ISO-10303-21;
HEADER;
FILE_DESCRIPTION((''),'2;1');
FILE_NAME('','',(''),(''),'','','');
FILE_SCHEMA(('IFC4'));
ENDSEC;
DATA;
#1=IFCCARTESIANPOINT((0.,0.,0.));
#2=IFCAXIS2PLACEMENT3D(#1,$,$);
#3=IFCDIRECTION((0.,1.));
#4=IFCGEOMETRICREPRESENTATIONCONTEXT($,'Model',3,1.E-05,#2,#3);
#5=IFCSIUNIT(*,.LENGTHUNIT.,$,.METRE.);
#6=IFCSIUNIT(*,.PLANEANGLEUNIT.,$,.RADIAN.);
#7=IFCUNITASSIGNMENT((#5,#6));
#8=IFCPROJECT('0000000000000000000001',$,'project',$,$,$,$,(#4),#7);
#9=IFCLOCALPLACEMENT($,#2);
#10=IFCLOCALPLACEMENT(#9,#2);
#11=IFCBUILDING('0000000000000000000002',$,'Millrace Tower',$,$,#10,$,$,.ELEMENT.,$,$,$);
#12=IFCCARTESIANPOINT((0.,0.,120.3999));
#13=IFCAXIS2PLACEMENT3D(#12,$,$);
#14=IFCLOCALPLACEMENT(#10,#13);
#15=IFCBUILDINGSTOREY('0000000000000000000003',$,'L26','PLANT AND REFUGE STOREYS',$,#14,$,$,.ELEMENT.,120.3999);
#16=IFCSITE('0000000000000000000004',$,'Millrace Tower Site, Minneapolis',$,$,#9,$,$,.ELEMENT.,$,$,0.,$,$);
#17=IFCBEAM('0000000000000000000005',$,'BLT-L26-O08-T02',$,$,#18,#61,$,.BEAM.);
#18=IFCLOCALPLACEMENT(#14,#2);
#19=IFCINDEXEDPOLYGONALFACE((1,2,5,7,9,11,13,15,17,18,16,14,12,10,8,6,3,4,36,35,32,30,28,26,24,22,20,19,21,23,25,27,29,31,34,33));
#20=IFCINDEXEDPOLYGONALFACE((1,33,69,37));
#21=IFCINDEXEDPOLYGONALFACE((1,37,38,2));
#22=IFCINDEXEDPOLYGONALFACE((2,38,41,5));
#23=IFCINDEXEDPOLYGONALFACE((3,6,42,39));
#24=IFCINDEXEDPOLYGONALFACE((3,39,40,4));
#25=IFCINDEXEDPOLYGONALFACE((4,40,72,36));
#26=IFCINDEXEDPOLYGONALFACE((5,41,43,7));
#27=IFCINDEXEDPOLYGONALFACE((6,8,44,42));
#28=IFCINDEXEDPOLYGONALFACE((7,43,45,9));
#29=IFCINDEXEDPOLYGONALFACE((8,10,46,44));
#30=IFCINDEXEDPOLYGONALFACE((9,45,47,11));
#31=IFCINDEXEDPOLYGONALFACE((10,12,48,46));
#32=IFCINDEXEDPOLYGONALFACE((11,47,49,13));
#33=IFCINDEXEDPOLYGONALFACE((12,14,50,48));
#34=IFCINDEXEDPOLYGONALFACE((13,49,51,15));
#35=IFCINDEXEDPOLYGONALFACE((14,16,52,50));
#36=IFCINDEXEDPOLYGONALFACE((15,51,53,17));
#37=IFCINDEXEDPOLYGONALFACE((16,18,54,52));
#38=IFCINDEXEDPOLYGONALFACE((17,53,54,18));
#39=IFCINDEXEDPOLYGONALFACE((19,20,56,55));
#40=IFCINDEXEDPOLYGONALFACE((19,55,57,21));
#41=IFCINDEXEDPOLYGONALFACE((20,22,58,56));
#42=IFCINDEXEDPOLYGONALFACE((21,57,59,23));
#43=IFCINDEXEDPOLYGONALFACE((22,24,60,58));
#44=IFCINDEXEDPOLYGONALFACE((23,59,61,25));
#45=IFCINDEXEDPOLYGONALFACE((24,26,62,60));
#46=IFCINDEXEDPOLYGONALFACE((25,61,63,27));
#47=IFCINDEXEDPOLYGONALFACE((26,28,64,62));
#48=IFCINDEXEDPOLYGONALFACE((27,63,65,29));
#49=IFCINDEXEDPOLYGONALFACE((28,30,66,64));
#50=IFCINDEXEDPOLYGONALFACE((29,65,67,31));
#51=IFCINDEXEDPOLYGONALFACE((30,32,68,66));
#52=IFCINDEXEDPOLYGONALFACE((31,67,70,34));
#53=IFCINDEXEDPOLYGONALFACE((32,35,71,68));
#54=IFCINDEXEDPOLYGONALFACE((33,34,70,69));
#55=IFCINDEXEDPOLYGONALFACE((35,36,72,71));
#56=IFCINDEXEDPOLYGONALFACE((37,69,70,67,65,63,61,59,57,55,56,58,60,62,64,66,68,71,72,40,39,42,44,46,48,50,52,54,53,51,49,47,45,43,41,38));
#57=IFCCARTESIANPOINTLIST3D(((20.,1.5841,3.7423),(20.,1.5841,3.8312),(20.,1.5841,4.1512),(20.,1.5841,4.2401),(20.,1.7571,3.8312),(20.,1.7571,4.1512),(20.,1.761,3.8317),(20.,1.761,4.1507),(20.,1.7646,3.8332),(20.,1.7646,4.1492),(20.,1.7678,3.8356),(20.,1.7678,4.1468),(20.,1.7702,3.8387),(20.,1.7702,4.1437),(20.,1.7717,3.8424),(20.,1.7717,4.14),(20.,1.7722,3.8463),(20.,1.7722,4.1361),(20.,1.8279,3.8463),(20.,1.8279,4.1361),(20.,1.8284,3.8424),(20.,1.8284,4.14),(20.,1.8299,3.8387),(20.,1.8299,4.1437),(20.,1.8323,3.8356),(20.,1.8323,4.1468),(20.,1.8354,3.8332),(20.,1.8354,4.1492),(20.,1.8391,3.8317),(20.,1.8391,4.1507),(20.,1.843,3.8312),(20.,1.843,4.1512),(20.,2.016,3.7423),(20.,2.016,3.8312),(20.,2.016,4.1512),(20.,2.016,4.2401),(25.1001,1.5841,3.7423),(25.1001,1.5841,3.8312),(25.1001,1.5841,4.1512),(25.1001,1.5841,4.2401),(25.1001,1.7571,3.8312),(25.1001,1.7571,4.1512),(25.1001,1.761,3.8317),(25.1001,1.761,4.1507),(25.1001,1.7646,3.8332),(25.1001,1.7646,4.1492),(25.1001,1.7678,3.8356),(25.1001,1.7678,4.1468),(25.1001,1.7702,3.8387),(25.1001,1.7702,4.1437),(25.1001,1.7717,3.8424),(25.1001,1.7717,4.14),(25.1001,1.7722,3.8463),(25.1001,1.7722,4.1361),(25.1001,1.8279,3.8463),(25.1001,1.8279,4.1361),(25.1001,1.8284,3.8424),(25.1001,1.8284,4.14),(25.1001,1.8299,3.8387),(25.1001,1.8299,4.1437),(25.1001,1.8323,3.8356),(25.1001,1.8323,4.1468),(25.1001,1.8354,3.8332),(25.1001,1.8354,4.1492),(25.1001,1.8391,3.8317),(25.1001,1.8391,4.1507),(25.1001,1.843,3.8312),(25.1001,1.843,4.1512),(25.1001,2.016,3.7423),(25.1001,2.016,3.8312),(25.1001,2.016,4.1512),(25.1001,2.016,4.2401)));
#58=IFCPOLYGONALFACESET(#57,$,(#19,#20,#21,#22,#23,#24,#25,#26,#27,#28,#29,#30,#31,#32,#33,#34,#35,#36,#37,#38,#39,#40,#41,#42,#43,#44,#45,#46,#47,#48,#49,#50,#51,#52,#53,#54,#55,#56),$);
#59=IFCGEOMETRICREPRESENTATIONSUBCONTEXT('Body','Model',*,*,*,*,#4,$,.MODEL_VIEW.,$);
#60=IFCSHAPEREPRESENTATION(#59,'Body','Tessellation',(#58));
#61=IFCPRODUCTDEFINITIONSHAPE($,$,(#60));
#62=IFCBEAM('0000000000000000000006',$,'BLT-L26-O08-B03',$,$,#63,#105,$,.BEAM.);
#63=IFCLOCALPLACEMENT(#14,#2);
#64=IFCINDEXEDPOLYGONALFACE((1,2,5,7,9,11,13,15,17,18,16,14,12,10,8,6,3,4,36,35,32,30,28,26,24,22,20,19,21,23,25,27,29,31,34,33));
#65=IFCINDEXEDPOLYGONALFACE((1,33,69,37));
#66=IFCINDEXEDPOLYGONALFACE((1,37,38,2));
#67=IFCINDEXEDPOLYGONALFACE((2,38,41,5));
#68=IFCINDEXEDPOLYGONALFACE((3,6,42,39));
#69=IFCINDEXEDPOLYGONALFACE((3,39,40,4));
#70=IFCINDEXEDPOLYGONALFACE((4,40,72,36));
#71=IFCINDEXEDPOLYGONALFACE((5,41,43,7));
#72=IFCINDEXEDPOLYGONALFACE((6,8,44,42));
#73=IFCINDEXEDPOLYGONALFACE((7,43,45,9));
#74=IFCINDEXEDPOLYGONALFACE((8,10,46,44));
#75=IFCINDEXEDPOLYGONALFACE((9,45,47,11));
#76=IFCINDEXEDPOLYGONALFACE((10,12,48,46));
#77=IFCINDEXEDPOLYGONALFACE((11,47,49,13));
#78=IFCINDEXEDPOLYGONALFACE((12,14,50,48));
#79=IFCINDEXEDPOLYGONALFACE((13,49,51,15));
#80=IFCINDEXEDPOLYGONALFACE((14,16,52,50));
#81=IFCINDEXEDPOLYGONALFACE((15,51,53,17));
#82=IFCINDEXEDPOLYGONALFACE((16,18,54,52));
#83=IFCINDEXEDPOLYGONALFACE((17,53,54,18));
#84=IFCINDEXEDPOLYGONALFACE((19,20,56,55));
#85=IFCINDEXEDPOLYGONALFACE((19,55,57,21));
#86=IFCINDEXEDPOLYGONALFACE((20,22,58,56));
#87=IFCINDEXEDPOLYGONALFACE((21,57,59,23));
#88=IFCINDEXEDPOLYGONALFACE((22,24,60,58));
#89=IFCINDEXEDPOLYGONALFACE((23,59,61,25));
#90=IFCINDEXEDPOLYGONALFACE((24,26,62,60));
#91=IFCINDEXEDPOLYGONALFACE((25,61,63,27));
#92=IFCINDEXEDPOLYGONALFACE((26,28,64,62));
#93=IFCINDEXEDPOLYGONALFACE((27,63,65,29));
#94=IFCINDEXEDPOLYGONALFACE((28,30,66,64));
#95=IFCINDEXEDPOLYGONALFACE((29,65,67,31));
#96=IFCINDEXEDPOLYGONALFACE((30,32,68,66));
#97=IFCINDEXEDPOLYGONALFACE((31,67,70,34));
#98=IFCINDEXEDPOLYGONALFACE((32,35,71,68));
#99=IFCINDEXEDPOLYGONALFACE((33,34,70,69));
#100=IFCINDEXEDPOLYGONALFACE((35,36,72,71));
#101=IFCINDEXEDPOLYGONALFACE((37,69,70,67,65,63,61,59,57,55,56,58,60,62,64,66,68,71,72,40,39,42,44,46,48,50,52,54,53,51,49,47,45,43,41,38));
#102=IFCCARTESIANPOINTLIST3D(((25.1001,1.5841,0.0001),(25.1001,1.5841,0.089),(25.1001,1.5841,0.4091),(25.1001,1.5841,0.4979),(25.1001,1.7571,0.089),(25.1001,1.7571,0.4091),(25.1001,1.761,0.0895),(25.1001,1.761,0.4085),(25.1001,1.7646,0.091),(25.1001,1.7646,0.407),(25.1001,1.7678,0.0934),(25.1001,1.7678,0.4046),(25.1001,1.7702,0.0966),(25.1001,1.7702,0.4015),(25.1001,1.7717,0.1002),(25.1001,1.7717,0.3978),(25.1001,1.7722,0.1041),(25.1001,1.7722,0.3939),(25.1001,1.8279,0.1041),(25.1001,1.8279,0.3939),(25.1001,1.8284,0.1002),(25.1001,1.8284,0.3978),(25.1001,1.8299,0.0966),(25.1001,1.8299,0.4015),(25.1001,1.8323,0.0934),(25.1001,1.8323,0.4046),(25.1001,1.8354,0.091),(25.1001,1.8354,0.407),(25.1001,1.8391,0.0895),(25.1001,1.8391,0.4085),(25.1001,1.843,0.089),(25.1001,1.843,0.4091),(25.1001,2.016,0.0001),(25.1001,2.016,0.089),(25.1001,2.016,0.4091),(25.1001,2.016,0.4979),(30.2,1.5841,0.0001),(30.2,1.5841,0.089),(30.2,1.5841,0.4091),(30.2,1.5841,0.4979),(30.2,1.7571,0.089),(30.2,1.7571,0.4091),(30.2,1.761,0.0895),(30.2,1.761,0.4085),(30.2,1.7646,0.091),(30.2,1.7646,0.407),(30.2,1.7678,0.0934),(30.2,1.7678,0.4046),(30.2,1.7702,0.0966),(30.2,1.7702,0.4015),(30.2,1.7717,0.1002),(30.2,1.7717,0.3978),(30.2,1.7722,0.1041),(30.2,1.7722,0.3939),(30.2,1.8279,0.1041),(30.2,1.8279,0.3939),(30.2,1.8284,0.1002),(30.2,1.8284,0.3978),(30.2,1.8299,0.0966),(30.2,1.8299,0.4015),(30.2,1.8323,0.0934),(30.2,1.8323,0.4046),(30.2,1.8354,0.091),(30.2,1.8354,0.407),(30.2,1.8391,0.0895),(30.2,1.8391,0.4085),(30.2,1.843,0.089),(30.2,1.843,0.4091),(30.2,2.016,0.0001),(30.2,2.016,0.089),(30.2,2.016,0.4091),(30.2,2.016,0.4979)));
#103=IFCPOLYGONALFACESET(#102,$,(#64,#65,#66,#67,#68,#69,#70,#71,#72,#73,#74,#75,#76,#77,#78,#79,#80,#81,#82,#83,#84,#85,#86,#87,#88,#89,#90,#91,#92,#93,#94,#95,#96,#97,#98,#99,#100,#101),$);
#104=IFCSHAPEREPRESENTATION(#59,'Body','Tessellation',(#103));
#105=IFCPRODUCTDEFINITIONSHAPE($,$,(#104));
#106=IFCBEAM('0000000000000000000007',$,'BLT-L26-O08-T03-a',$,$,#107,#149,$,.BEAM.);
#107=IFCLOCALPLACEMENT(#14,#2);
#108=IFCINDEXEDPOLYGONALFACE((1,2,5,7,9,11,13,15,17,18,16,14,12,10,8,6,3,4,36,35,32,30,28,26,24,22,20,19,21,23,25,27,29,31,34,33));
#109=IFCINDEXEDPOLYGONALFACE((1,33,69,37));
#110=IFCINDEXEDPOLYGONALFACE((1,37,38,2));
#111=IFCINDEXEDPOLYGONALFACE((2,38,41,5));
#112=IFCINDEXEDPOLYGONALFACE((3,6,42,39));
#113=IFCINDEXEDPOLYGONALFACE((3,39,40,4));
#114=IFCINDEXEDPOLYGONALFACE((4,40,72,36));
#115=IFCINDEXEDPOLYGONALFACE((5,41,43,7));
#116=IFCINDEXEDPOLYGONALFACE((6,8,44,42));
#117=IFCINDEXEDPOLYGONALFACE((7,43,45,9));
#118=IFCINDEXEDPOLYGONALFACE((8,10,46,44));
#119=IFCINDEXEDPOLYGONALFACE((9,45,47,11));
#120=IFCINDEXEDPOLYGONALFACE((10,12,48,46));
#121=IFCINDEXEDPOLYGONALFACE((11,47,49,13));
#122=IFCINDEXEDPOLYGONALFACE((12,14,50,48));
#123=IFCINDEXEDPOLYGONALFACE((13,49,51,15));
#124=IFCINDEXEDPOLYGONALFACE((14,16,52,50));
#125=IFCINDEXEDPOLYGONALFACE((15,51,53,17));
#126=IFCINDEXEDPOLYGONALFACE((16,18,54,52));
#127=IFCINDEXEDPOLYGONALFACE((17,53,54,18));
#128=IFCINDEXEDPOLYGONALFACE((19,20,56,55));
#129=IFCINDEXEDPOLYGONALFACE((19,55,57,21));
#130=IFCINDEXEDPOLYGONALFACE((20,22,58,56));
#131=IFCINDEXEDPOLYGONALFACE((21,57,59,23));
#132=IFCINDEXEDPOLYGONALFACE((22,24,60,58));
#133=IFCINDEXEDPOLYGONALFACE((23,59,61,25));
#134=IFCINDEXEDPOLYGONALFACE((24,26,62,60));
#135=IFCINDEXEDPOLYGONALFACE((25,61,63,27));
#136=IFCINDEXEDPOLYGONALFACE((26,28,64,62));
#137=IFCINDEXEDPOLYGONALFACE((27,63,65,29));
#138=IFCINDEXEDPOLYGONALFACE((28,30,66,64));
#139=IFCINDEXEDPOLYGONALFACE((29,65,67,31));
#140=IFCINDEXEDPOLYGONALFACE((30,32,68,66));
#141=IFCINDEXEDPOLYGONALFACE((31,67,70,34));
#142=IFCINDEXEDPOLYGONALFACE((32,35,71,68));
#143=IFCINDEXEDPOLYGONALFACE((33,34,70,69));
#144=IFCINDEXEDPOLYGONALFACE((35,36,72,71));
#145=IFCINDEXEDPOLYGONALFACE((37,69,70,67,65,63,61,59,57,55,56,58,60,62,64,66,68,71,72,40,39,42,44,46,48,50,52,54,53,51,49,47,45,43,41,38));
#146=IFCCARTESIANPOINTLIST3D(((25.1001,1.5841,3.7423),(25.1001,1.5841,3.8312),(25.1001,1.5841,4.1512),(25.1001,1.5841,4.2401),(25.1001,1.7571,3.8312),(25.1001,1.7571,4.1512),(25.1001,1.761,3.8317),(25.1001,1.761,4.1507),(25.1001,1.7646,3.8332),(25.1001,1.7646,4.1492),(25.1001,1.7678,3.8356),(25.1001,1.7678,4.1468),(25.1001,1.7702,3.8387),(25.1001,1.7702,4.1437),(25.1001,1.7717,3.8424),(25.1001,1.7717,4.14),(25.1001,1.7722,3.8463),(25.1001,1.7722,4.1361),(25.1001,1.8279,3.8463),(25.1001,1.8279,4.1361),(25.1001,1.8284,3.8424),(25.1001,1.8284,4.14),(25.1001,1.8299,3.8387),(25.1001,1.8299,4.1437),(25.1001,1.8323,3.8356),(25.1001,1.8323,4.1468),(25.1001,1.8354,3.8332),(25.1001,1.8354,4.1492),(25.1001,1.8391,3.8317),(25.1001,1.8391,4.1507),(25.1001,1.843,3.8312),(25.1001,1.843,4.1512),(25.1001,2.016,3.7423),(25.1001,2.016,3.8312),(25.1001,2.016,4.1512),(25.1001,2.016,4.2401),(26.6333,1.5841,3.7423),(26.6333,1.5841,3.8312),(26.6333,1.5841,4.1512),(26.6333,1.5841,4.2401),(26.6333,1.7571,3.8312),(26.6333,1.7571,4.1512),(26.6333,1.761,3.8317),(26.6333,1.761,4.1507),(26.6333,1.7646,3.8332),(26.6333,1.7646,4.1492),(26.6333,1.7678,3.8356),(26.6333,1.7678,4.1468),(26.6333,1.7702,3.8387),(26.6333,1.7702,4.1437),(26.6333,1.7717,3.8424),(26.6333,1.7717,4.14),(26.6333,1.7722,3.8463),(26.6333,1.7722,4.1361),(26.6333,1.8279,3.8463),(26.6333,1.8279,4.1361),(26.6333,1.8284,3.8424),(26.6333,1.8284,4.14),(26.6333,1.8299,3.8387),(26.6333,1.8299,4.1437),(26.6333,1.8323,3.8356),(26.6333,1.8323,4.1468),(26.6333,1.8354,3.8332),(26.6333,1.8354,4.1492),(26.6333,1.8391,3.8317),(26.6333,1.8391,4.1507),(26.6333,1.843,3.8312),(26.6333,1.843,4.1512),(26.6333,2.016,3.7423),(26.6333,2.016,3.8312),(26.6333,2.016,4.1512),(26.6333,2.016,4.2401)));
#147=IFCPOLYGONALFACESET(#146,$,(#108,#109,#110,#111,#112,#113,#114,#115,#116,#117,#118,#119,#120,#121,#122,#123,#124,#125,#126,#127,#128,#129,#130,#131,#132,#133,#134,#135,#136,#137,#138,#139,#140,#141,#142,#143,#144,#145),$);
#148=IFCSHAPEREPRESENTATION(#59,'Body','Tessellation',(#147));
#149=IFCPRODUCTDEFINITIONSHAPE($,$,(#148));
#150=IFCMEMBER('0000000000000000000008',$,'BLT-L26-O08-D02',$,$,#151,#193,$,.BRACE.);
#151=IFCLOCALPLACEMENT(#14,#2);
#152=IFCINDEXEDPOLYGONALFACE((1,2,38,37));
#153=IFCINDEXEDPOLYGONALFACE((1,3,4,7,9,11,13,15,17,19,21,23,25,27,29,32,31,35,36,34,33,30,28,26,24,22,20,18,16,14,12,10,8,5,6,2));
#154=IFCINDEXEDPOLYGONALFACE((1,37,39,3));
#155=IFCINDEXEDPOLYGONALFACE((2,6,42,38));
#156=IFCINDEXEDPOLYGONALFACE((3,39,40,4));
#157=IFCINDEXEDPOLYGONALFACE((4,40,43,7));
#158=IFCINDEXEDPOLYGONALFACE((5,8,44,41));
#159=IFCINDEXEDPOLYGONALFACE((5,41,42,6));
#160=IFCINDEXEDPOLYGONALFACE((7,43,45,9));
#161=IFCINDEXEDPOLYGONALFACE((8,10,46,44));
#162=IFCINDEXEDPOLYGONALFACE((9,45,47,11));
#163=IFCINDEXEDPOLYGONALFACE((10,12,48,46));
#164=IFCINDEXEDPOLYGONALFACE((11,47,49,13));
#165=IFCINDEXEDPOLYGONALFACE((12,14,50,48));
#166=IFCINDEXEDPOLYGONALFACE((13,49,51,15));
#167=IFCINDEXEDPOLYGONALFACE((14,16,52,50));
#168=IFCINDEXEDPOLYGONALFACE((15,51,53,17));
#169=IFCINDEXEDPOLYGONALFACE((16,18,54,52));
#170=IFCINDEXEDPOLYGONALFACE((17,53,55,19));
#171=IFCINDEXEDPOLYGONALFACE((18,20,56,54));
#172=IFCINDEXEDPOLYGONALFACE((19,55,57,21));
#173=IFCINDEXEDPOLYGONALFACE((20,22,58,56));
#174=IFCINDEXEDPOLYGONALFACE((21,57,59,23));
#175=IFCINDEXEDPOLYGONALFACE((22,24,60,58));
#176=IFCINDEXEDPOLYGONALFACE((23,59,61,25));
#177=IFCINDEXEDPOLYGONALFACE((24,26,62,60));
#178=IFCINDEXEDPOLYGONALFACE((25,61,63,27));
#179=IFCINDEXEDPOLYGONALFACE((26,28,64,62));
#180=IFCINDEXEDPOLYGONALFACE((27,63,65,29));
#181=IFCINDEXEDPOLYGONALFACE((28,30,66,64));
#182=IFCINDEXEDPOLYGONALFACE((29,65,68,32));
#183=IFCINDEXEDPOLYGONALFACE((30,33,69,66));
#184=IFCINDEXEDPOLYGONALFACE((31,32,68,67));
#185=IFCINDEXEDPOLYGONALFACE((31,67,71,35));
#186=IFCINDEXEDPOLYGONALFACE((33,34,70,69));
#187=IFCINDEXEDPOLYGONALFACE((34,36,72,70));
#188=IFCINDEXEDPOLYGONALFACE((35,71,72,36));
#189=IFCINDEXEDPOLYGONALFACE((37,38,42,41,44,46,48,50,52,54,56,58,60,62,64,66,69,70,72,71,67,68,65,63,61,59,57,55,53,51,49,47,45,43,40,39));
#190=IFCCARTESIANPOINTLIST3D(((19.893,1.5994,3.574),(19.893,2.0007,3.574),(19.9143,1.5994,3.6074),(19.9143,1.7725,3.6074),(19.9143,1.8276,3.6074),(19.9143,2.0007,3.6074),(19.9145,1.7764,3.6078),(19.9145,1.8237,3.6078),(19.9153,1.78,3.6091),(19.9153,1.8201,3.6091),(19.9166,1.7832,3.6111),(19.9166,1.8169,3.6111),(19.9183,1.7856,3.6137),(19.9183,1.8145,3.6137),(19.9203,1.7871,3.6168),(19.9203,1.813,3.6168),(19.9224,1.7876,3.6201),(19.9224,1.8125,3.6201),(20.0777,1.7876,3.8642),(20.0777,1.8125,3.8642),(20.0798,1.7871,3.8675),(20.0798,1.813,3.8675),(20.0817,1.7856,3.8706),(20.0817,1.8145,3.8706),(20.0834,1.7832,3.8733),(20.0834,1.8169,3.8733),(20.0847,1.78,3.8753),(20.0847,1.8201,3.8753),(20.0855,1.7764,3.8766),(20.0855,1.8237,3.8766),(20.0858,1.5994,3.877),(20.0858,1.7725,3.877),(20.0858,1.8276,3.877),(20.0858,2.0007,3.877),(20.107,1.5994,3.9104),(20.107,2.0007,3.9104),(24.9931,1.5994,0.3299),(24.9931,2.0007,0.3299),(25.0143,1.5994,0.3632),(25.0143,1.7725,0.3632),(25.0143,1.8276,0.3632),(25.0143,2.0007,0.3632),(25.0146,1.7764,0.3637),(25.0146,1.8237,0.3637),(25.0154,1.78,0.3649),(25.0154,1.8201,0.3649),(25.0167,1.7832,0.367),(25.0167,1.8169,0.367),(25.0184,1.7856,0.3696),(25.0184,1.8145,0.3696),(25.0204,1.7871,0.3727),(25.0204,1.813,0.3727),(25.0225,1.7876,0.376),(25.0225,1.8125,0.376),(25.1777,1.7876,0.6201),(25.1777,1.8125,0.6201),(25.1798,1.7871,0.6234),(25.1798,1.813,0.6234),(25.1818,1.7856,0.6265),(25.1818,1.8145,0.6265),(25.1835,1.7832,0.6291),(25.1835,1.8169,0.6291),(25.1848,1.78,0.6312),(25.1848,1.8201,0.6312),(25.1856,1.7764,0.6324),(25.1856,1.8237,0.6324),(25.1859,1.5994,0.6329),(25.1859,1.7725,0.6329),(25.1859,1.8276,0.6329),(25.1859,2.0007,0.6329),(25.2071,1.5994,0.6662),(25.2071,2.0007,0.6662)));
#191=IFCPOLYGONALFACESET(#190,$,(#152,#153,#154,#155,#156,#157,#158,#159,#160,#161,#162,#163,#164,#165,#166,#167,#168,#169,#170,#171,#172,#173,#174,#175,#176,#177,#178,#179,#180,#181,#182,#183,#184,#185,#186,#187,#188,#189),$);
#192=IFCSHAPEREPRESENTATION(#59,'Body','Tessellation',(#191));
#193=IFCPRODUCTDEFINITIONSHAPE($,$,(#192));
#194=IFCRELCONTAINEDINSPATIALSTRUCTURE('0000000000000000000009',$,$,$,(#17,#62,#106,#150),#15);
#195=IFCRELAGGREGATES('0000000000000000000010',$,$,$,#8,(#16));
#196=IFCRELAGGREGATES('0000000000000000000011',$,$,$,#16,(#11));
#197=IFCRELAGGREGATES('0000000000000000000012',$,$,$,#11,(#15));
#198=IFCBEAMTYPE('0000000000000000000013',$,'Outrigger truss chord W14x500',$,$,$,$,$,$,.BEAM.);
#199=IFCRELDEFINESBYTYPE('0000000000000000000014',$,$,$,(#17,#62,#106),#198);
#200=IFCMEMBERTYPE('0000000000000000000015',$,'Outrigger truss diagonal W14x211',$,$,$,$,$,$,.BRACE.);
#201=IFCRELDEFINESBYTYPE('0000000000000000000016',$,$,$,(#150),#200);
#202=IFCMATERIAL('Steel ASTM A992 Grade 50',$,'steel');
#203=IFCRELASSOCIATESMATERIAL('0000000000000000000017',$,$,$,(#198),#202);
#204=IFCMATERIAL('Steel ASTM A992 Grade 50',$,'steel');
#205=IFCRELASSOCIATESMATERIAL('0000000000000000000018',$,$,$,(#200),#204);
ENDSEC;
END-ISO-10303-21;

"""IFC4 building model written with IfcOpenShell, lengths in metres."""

from ifc_helpers import new_model, si_unit, direction, frame, origin, origin_2d, place, context, subcontext, project, spatial, i_section, extrude, material, material_profile, profile_set, type_object, element, save


model = new_model("IFC4")

# Units and contexts
model_context = context("Model", 3, precision=1e-05, world=origin(), true_north=direction((0.0, 1.0)))
body_context = subcontext(model_context, "Body", "Model", "MODEL_VIEW")
ifc_project = project(units=[si_unit("LENGTHUNIT", "METRE"), si_unit("PLANEANGLEUNIT", "RADIAN")], contexts=[model_context])

# Site, building, storey
site_placement = place(None, origin())
site = spatial("IfcSite", under=ifc_project, at=site_placement, Name="Millrace Tower Site, Minneapolis", CompositionType="ELEMENT", RefElevation=0.0)
building_placement = place(site_placement, origin())
building = spatial("IfcBuilding", under=site, at=building_placement, Name="Millrace Tower", CompositionType="ELEMENT")
storey_placement = place(building_placement, frame((0.0, 0.0, 120.3999)))
storey = spatial("IfcBuildingStorey", under=building, at=storey_placement, Name="L26", Description="PLANT AND REFUGE STOREYS", CompositionType="ELEMENT", Elevation=120.3999)

# Beams
ifc_material_1 = material(Name="Steel ASTM A992 Grade 50", Category="steel")
ifc_material_profile_1 = material_profile(ifc_material_1, i_section(OverallWidth=0.4319, OverallDepth=0.4978, WebThickness=0.0557, FlangeThickness=0.0889, FilletRadius=0.0151, at=origin_2d()))
ifc_profile_set_1 = profile_set([ifc_material_profile_1], Name="Steel ASTM A992 Grade 50")
beam_type_1 = type_object("IfcBeamType", Name="Outrigger truss chord W14x500", PredefinedType="BEAM", material=ifc_profile_set_1)
for number, where, z_axis, x_axis, name in (
    (1, (20.0, 1.8, 3.9912), (1.0, 0.0, 0.0), (0.0, 1.0, 0.0), "BLT-L26-O08-T02"),
):
    element("IfcBeam", number, at=place(storey_placement, frame(where, z_axis=z_axis, x_axis=x_axis)), inside=storey, type_object=beam_type_1, Name=name, PredefinedType="BEAM", context=body_context, shape_type="SweptSolid", body=[
        extrude(i_section(OverallWidth=0.4319, OverallDepth=0.4978, WebThickness=0.0557, FlangeThickness=0.0889, FilletRadius=0.0151, at=origin_2d()), origin(), (0.0, 0.0, 1.0), 5.1001),
    ])
beam_1_placement = place(storey_placement, frame((25.1001, 1.8, 0.249), z_axis=(1.0, 0.0, 0.0), x_axis=(0.0, 1.0, 0.0)))
element("IfcBeam", 2, at=beam_1_placement, inside=storey, type_object=beam_type_1, Name="BLT-L26-O08-B03", PredefinedType="BEAM", context=body_context, shape_type="SweptSolid", body=[
    extrude(i_section(OverallWidth=0.4319, OverallDepth=0.4978, WebThickness=0.0557, FlangeThickness=0.0889, FilletRadius=0.0151, at=origin_2d()), origin(), (0.0, 0.0, 1.0), 5.0999),
])
beam_2_placement = place(storey_placement, frame((25.1001, 1.8, 3.9912), z_axis=(1.0, 0.0, 0.0), x_axis=(0.0, 1.0, 0.0)))
element("IfcBeam", 3, at=beam_2_placement, inside=storey, type_object=beam_type_1, Name="BLT-L26-O08-T03-a", PredefinedType="BEAM", context=body_context, shape_type="SweptSolid", body=[
    extrude(i_section(OverallWidth=0.4319, OverallDepth=0.4978, WebThickness=0.0557, FlangeThickness=0.0889, FilletRadius=0.0151, at=origin_2d()), origin(), (0.0, 0.0, 1.0), 1.5332),
])

# Member
ifc_material_2 = material(Name="Steel ASTM A992 Grade 50", Category="steel")
ifc_material_profile_2 = material_profile(ifc_material_2, i_section(OverallWidth=0.4014, OverallDepth=0.3987, WebThickness=0.0249, FlangeThickness=0.0396, FilletRadius=0.0151, at=origin_2d()))
ifc_profile_set_2 = profile_set([ifc_material_profile_2], Name="Steel ASTM A992 Grade 50")
member_type_1 = type_object("IfcMemberType", Name="Outrigger truss diagonal W14x211", PredefinedType="BRACE", material=ifc_profile_set_2)
member_1_placement = place(storey_placement, frame((25.1001, 1.8, 0.498), z_axis=(-0.843765, 0.0, 0.536713), x_axis=(0.0, -1.0, 0.0)))
element("IfcMember", 4, at=member_1_placement, inside=storey, type_object=member_type_1, Name="BLT-L26-O08-D02", PredefinedType="BRACE", context=body_context, shape_type="SweptSolid", body=[
    extrude(i_section(OverallWidth=0.4014, OverallDepth=0.3987, WebThickness=0.0249, FlangeThickness=0.0396, FilletRadius=0.0151, at=origin_2d()), origin(), (0.0, 0.0, 1.0), 6.0444),
])

save(model, "model.ifc")
